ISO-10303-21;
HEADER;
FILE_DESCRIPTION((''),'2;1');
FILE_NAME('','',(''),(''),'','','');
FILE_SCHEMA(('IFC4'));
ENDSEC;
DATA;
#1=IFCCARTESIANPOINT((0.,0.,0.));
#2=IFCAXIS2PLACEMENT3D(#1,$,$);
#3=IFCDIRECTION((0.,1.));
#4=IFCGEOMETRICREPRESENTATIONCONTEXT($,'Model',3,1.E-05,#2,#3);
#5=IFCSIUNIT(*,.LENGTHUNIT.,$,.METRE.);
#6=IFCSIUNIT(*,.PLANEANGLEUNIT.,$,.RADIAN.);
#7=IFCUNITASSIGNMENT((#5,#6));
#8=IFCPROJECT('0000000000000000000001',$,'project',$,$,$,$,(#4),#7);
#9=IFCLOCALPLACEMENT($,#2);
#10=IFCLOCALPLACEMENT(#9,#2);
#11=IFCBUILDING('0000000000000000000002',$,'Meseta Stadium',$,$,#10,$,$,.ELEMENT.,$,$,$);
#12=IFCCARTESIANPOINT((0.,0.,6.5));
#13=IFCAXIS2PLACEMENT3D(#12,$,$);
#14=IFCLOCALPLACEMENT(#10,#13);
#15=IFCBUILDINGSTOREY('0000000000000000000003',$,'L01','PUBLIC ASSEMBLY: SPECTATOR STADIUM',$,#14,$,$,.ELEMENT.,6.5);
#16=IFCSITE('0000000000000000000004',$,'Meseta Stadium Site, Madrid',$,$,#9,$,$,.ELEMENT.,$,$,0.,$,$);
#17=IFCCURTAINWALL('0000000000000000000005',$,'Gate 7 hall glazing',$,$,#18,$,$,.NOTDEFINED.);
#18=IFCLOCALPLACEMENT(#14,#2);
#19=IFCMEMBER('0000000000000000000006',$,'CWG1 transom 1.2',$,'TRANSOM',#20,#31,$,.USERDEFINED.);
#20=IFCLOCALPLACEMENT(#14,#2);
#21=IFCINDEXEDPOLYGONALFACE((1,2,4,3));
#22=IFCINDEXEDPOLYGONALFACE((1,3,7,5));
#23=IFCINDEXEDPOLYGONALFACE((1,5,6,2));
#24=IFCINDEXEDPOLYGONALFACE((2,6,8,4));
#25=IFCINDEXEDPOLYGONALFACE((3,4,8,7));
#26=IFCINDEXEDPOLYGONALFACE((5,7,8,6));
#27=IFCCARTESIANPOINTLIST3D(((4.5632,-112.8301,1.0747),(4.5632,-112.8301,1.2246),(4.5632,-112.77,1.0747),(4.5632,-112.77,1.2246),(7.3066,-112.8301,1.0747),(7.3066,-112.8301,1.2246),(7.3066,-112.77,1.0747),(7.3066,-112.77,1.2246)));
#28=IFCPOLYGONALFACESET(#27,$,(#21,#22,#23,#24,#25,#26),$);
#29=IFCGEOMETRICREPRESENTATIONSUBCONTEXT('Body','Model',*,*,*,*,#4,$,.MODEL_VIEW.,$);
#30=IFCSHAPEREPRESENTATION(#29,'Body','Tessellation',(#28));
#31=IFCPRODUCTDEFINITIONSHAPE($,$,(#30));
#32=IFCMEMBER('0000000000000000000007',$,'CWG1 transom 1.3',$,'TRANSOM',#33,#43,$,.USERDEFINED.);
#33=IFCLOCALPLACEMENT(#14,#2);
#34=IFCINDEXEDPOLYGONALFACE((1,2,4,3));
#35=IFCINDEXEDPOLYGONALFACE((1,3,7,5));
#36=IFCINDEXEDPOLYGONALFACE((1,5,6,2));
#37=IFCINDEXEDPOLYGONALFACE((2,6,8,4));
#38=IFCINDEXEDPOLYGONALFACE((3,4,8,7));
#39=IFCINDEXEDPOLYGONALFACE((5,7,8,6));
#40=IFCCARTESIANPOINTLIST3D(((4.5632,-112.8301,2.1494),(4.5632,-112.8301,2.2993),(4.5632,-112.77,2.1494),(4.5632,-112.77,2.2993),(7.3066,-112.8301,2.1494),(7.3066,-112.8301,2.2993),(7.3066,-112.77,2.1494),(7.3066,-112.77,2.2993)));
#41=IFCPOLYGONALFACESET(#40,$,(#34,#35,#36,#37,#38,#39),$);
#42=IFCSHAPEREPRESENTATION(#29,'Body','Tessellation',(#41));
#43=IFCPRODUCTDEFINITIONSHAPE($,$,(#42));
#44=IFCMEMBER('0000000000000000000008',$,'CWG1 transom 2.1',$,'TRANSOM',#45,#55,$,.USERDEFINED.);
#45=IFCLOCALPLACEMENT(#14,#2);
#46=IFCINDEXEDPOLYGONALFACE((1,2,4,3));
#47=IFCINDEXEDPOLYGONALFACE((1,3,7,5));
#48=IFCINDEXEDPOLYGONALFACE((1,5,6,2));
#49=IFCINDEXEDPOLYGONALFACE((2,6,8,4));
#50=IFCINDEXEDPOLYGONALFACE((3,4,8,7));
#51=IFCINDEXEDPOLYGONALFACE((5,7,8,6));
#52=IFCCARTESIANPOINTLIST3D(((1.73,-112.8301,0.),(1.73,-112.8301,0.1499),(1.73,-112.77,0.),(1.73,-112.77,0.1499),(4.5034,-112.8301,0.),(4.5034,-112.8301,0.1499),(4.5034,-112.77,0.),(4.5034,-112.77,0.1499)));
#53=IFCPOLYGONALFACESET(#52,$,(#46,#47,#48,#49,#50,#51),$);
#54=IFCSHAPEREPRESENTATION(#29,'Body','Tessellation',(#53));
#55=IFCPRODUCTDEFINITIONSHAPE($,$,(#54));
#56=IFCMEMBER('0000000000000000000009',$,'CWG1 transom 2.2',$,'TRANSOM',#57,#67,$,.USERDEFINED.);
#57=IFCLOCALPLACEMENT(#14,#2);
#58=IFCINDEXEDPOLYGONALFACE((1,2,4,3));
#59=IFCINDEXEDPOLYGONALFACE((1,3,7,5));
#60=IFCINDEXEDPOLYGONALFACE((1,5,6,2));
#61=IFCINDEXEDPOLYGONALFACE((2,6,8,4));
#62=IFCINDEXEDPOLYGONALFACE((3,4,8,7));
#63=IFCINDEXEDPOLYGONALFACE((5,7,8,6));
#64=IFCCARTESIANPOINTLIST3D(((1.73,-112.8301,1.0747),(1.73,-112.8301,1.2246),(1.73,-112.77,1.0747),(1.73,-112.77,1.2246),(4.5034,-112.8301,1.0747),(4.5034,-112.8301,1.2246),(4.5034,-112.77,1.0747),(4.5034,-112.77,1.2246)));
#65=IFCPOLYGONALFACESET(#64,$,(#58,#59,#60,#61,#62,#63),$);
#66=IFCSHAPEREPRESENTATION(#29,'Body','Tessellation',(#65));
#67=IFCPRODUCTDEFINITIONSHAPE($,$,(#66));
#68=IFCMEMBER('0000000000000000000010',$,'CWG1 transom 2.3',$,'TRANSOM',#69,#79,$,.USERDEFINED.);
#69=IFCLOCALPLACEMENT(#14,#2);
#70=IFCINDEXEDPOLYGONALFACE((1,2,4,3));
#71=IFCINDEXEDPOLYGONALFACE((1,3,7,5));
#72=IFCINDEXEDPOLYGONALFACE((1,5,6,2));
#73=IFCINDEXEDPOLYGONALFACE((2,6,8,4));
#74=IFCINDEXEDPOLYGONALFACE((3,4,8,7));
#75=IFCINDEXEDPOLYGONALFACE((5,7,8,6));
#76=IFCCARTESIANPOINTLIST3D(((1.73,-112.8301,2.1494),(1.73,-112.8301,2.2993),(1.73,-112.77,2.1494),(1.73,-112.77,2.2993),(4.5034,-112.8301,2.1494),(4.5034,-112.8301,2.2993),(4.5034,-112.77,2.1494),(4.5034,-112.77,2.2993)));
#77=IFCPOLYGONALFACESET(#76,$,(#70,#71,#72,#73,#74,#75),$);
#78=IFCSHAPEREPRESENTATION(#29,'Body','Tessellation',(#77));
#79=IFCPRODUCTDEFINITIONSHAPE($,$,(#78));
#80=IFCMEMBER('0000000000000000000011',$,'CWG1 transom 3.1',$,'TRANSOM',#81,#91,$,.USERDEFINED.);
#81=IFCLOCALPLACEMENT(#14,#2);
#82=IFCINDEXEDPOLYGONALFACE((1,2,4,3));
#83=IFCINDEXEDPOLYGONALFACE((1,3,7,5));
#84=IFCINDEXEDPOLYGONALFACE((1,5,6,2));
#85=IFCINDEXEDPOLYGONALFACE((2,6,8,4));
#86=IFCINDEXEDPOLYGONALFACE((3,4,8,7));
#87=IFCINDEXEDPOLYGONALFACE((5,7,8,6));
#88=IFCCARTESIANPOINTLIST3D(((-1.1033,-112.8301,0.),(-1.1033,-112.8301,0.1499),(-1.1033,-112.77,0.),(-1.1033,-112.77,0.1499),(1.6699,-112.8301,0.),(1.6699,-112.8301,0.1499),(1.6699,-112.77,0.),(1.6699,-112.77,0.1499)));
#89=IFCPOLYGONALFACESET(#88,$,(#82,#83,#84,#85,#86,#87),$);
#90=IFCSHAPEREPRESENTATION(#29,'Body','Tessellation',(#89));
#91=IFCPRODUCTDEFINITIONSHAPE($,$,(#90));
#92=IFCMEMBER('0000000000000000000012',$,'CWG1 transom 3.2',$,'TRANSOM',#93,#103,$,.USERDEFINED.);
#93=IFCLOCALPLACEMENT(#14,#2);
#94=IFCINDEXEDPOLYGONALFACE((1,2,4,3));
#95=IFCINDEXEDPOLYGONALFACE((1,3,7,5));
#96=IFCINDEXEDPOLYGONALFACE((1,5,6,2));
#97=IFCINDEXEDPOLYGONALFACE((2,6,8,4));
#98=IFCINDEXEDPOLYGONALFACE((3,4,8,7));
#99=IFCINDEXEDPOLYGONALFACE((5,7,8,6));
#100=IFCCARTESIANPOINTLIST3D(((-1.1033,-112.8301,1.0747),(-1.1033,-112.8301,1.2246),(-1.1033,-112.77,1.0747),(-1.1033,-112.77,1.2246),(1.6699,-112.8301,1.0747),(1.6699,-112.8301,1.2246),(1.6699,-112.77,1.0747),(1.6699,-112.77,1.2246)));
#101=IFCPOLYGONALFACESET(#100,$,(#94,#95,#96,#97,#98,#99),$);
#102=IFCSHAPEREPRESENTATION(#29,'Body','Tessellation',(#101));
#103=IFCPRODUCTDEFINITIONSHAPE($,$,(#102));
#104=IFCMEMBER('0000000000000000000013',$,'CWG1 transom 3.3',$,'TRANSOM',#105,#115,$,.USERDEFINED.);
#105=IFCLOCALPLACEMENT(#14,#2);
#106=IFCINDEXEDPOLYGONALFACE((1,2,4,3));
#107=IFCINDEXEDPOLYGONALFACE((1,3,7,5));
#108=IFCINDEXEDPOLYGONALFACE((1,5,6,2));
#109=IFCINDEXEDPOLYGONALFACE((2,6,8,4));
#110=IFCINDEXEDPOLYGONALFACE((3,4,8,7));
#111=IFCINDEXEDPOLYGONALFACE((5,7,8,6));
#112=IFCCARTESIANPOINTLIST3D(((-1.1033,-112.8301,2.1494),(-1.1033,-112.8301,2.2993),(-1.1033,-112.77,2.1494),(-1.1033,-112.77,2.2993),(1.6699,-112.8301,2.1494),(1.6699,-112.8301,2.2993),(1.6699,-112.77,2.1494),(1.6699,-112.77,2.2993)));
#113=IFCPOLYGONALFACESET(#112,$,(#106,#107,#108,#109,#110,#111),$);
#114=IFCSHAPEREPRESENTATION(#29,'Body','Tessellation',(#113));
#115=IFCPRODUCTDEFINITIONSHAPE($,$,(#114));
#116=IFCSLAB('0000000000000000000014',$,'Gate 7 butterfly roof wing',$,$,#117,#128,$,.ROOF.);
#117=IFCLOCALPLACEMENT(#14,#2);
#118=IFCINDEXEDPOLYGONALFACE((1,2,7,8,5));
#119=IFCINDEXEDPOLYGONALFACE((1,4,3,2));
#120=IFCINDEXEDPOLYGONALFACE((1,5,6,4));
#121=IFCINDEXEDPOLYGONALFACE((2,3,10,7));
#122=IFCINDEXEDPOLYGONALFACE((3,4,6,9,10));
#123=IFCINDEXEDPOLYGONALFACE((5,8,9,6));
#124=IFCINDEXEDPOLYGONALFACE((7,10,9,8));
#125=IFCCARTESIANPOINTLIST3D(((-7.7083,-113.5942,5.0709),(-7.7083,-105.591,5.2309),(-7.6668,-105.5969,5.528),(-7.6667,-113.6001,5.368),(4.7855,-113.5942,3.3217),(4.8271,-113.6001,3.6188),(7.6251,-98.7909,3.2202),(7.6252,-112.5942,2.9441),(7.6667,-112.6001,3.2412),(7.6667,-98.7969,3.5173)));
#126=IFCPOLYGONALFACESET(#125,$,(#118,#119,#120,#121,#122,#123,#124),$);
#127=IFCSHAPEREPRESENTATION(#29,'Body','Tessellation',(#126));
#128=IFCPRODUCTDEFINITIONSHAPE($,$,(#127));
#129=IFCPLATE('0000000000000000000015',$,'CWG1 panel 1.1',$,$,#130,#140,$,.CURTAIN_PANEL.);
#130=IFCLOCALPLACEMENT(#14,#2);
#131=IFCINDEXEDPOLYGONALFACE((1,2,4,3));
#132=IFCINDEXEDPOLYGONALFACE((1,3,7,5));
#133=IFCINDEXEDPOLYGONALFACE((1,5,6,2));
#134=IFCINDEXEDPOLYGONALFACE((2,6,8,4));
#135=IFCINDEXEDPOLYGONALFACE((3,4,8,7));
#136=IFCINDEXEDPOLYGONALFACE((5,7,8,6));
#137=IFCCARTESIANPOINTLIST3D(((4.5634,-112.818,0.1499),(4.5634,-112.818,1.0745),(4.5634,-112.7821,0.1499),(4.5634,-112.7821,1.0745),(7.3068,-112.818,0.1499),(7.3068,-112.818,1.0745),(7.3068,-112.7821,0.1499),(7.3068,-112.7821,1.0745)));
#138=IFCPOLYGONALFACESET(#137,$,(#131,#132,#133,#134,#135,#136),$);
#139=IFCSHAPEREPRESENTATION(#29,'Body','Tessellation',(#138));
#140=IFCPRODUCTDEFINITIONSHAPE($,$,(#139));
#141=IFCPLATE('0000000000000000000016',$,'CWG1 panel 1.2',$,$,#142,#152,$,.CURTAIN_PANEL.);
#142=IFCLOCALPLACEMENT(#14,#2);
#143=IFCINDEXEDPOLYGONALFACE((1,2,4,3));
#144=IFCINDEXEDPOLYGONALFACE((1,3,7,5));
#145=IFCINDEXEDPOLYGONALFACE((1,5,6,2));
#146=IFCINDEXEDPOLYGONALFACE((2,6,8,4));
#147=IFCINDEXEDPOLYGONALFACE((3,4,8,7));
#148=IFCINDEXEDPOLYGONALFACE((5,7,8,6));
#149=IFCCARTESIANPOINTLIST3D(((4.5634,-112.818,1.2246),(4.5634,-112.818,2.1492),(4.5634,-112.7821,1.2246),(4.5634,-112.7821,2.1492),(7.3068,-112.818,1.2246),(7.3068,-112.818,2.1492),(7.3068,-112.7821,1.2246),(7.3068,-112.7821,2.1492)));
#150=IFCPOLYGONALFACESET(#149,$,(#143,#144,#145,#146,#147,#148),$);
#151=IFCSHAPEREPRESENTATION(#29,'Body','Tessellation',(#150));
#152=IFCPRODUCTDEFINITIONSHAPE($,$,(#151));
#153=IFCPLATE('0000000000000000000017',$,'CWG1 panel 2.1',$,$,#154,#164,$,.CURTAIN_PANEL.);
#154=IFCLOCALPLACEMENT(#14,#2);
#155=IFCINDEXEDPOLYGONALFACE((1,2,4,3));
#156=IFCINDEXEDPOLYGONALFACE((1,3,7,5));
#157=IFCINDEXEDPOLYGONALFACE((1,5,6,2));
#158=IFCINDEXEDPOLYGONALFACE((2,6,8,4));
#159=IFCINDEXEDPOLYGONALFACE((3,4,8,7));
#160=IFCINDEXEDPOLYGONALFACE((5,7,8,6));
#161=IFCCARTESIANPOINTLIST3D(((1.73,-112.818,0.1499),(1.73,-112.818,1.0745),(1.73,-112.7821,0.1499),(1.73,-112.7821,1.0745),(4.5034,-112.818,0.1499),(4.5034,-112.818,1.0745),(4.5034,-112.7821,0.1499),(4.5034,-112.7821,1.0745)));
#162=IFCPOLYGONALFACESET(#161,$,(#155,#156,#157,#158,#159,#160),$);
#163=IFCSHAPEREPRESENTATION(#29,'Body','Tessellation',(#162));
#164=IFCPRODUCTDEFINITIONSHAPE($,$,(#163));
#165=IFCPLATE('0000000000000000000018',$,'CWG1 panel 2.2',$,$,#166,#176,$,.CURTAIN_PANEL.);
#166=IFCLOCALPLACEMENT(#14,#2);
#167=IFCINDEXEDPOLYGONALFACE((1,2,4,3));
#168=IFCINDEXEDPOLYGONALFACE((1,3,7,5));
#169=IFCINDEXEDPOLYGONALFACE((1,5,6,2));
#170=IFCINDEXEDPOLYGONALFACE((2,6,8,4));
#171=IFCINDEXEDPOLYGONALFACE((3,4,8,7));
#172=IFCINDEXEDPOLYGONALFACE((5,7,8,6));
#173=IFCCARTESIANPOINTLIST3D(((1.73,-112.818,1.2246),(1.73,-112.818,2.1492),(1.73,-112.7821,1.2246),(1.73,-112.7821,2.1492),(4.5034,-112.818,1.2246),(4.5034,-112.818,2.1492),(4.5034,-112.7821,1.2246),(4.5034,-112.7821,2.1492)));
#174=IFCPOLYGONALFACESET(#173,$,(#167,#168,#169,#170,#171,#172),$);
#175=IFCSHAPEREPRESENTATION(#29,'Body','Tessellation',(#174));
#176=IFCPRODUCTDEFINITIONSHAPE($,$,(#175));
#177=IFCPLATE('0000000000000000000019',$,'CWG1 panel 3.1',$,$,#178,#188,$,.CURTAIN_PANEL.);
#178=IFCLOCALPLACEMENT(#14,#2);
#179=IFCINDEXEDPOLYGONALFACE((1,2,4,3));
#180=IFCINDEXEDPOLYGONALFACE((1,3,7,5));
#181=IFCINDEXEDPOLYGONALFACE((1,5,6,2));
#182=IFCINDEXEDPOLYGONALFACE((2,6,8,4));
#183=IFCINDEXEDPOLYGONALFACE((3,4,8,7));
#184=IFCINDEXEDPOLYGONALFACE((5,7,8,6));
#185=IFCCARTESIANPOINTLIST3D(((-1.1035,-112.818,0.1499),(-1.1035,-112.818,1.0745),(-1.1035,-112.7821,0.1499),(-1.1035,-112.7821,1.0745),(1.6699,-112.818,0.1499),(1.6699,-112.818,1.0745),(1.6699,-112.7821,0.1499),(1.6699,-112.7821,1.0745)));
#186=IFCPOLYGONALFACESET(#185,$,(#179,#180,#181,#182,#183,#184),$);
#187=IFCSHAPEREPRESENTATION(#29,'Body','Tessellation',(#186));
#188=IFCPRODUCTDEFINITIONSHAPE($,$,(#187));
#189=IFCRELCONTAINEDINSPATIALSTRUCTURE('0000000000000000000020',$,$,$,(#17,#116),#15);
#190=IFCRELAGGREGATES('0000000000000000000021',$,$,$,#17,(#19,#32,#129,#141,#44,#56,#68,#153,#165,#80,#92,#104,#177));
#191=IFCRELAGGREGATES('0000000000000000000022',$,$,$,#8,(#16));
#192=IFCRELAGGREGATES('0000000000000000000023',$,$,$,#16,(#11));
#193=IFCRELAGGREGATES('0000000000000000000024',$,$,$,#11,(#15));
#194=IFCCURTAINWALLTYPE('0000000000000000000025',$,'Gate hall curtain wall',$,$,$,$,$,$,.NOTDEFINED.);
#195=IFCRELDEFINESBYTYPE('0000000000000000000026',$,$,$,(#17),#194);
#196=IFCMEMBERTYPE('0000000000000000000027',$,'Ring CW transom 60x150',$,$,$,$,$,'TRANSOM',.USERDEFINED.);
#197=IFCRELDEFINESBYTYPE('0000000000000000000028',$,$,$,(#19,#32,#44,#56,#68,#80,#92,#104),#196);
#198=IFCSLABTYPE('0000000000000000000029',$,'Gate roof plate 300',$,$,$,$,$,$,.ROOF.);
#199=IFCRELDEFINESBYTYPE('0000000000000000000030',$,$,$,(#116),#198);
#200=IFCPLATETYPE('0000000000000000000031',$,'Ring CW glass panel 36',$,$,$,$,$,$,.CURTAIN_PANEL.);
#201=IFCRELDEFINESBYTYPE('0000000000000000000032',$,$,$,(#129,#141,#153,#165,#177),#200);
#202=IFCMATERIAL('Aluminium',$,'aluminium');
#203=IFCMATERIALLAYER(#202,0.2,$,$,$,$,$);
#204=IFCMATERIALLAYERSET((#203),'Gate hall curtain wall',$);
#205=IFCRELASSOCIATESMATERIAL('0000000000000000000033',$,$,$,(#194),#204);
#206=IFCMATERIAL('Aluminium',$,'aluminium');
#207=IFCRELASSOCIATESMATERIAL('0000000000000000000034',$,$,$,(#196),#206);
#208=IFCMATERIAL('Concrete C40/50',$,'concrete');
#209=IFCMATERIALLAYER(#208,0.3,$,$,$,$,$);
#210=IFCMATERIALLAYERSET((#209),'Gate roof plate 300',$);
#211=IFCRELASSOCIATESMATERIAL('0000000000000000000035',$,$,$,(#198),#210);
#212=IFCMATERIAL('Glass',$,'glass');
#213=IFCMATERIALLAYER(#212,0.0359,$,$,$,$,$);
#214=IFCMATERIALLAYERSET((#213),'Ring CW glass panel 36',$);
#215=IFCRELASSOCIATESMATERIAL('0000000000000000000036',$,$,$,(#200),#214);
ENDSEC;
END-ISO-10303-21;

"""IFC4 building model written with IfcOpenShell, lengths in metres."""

from ifc_helpers import new_model, si_unit, direction, frame, origin, origin_2d, place, context, subcontext, project, spatial, polyline, rectangle, outline, extrude, material, layer, layer_set, material_profile, profile_set, type_object, element, aggregate, save


model = new_model("IFC4")

# Units and contexts
model_context = context("Model", 3, precision=1e-05, world=origin(), true_north=direction((0.0, 1.0)))
body_context = subcontext(model_context, "Body", "Model", "MODEL_VIEW")
ifc_project = project(units=[si_unit("LENGTHUNIT", "METRE"), si_unit("PLANEANGLEUNIT", "RADIAN")], contexts=[model_context])

# Site, building, storey
site_placement = place(None, origin())
site = spatial("IfcSite", under=ifc_project, at=site_placement, Name="Meseta Stadium Site, Madrid", CompositionType="ELEMENT", RefElevation=0.0)
building_placement = place(site_placement, origin())
building = spatial("IfcBuilding", under=site, at=building_placement, Name="Meseta Stadium", CompositionType="ELEMENT")
storey_placement = place(building_placement, frame((0.0, 0.0, 6.5)))
storey = spatial("IfcBuildingStorey", under=building, at=storey_placement, Name="L01", Description="PUBLIC ASSEMBLY: SPECTATOR STADIUM", CompositionType="ELEMENT", Elevation=6.5)

# Curtain wall, members
ifc_material_1 = material(Name="Aluminium", Category="aluminium")
ifc_layer_1 = layer(ifc_material_1, 0.2)
ifc_layer_set_1 = layer_set([ifc_layer_1], Name="Gate hall curtain wall")
curtain_wall_type = type_object("IfcCurtainWallType", Name="Gate hall curtain wall", PredefinedType="NOTDEFINED", material=ifc_layer_set_1)
curtain_wall_placement = place(storey_placement, origin())
curtain_wall = element("IfcCurtainWall", 1, at=curtain_wall_placement, inside=storey, type_object=curtain_wall_type, Name="Gate 7 hall glazing", PredefinedType="NOTDEFINED")
ifc_material_2 = material(Name="Aluminium", Category="aluminium")
ifc_material_profile_1 = material_profile(ifc_material_2, rectangle(XDim=0.0601, YDim=0.1499, at=origin_2d()), Name="CW 60x150")
ifc_profile_set_1 = profile_set([ifc_material_profile_1], Name="Aluminium")
member_type_1 = type_object("IfcMemberType", Name="Ring CW transom 60x150", ElementType="TRANSOM", PredefinedType="USERDEFINED", material=ifc_profile_set_1)
member_1_placement = place(storey_placement, frame((7.3066, -112.8, 1.1497), z_axis=(-1.0, 0.0, 0.0), x_axis=(0.0, -1.0, 0.0)))
member_1 = element("IfcMember", 2, at=member_1_placement, type_object=member_type_1, Name="CWG1 transom 1.2", ObjectType="TRANSOM", PredefinedType="USERDEFINED", context=body_context, shape_type="SweptSolid", body=[
    extrude(rectangle(XDim=0.0601, YDim=0.1499, at=origin_2d()), origin(), (0.0, 0.0, 1.0), 2.7434),
])
member_2_placement = place(storey_placement, frame((7.3066, -112.8, 2.2244), z_axis=(-1.0, 0.0, 0.0), x_axis=(0.0, -1.0, 0.0)))
member_2 = element("IfcMember", 3, at=member_2_placement, type_object=member_type_1, Name="CWG1 transom 1.3", ObjectType="TRANSOM", PredefinedType="USERDEFINED", context=body_context, shape_type="SweptSolid", body=[
    extrude(rectangle(XDim=0.0601, YDim=0.1499, at=origin_2d()), origin(), (0.0, 0.0, 1.0), 2.7434),
])
member_3_placement = place(storey_placement, frame((4.5034, -112.8, 0.075), z_axis=(-1.0, 0.0, 0.0), x_axis=(0.0, -1.0, 0.0)))
member_3 = element("IfcMember", 4, at=member_3_placement, type_object=member_type_1, Name="CWG1 transom 2.1", ObjectType="TRANSOM", PredefinedType="USERDEFINED", context=body_context, shape_type="SweptSolid", body=[
    extrude(rectangle(XDim=0.0601, YDim=0.1499, at=origin_2d()), origin(), (0.0, 0.0, 1.0), 2.7734),
])
member_4_placement = place(storey_placement, frame((4.5034, -112.8, 1.1497), z_axis=(-1.0, 0.0, 0.0), x_axis=(0.0, -1.0, 0.0)))
member_4 = element("IfcMember", 5, at=member_4_placement, type_object=member_type_1, Name="CWG1 transom 2.2", ObjectType="TRANSOM", PredefinedType="USERDEFINED", context=body_context, shape_type="SweptSolid", body=[
    extrude(rectangle(XDim=0.0601, YDim=0.1499, at=origin_2d()), origin(), (0.0, 0.0, 1.0), 2.7734),
])
member_5_placement = place(storey_placement, frame((4.5034, -112.8, 2.2244), z_axis=(-1.0, 0.0, 0.0), x_axis=(0.0, -1.0, 0.0)))
member_5 = element("IfcMember", 6, at=member_5_placement, type_object=member_type_1, Name="CWG1 transom 2.3", ObjectType="TRANSOM", PredefinedType="USERDEFINED", context=body_context, shape_type="SweptSolid", body=[
    extrude(rectangle(XDim=0.0601, YDim=0.1499, at=origin_2d()), origin(), (0.0, 0.0, 1.0), 2.7734),
])
member_6_placement = place(storey_placement, frame((1.6699, -112.8, 0.075), z_axis=(-1.0, 0.0, 0.0), x_axis=(0.0, -1.0, 0.0)))
member_6 = element("IfcMember", 7, at=member_6_placement, type_object=member_type_1, Name="CWG1 transom 3.1", ObjectType="TRANSOM", PredefinedType="USERDEFINED", context=body_context, shape_type="SweptSolid", body=[
    extrude(rectangle(XDim=0.0601, YDim=0.1499, at=origin_2d()), origin(), (0.0, 0.0, 1.0), 2.7732),
])
member_7_placement = place(storey_placement, frame((1.6699, -112.8, 1.1497), z_axis=(-1.0, 0.0, 0.0), x_axis=(0.0, -1.0, 0.0)))
member_7 = element("IfcMember", 8, at=member_7_placement, type_object=member_type_1, Name="CWG1 transom 3.2", ObjectType="TRANSOM", PredefinedType="USERDEFINED", context=body_context, shape_type="SweptSolid", body=[
    extrude(rectangle(XDim=0.0601, YDim=0.1499, at=origin_2d()), origin(), (0.0, 0.0, 1.0), 2.7732),
])
member_8_placement = place(storey_placement, frame((1.6699, -112.8, 2.2244), z_axis=(-1.0, 0.0, 0.0), x_axis=(0.0, -1.0, 0.0)))
member_8 = element("IfcMember", 9, at=member_8_placement, type_object=member_type_1, Name="CWG1 transom 3.3", ObjectType="TRANSOM", PredefinedType="USERDEFINED", context=body_context, shape_type="SweptSolid", body=[
    extrude(rectangle(XDim=0.0601, YDim=0.1499, at=origin_2d()), origin(), (0.0, 0.0, 1.0), 2.7732),
])

# Slab
ifc_material_3 = material(Name="Concrete C40/50", Category="concrete")
ifc_layer_2 = layer(ifc_material_3, 0.3)
ifc_layer_set_2 = layer_set([ifc_layer_2], Name="Gate roof plate 300")
slab_type = type_object("IfcSlabType", Name="Gate roof plate 300", PredefinedType="ROOF", material=ifc_layer_set_2)
slab_placement = place(storey_placement, frame((7.6667, -112.6001, 3.2412), z_axis=(0.138624, -0.019804, 0.990147), x_axis=(-0.000001, 0.9998, 0.019997)))
element("IfcSlab", 10, at=slab_placement, inside=storey, type_object=slab_type, Name="Gate 7 butterfly roof wing", PredefinedType="ROOF", context=body_context, shape_type="SweptSolid", body=[
    extrude(outline(polyline([(0.0, 0.0), (13.806, 0.0), (7.0475, 15.483), (-0.9573, 15.483), (-0.9922, 2.8673), (0.0, 0.0)])), origin(), (0.0, 0.0, -1.0), 0.3),
])

# Plates
ifc_material_4 = material(Name="Glass", Category="glass")
ifc_layer_3 = layer(ifc_material_4, 0.0359)
ifc_layer_set_3 = layer_set([ifc_layer_3], Name="Ring CW glass panel 36")
plate_type = type_object("IfcPlateType", Name="Ring CW glass panel 36", PredefinedType="CURTAIN_PANEL", material=ifc_layer_set_3)
plate_1_placement = place(storey_placement, frame((5.9351, -112.8, 0.1499), z_axis=(0.0, 0.0, 1.0), x_axis=(-1.0, 0.0, 0.0)))
plate_1 = element("IfcPlate", 11, at=plate_1_placement, type_object=plate_type, Name="CWG1 panel 1.1", PredefinedType="CURTAIN_PANEL", context=body_context, shape_type="SweptSolid", body=[
    extrude(rectangle(XDim=2.7434, YDim=0.0359, at=origin_2d()), origin(), (0.0, 0.0, 1.0), 0.9246),
])
plate_2_placement = place(storey_placement, frame((5.9351, -112.8, 1.2246), z_axis=(0.0, 0.0, 1.0), x_axis=(-1.0, 0.0, 0.0)))
plate_2 = element("IfcPlate", 12, at=plate_2_placement, type_object=plate_type, Name="CWG1 panel 1.2", PredefinedType="CURTAIN_PANEL", context=body_context, shape_type="SweptSolid", body=[
    extrude(rectangle(XDim=2.7434, YDim=0.0359, at=origin_2d()), origin(), (0.0, 0.0, 1.0), 0.9246),
])
plate_3_placement = place(storey_placement, frame((3.1167, -112.8, 0.1499), z_axis=(0.0, 0.0, 1.0), x_axis=(-1.0, 0.0, 0.0)))
plate_3 = element("IfcPlate", 13, at=plate_3_placement, type_object=plate_type, Name="CWG1 panel 2.1", PredefinedType="CURTAIN_PANEL", context=body_context, shape_type="SweptSolid", body=[
    extrude(rectangle(XDim=2.7734, YDim=0.0359, at=origin_2d()), origin(), (0.0, 0.0, 1.0), 0.9246),
])
plate_4_placement = place(storey_placement, frame((3.1167, -112.8, 1.2246), z_axis=(0.0, 0.0, 1.0), x_axis=(-1.0, 0.0, 0.0)))
plate_4 = element("IfcPlate", 14, at=plate_4_placement, type_object=plate_type, Name="CWG1 panel 2.2", PredefinedType="CURTAIN_PANEL", context=body_context, shape_type="SweptSolid", body=[
    extrude(rectangle(XDim=2.7734, YDim=0.0359, at=origin_2d()), origin(), (0.0, 0.0, 1.0), 0.9246),
])
plate_5_placement = place(storey_placement, frame((0.2832, -112.8, 0.1499), z_axis=(0.0, 0.0, 1.0), x_axis=(-1.0, 0.0, 0.0)))
plate_5 = element("IfcPlate", 15, at=plate_5_placement, type_object=plate_type, Name="CWG1 panel 3.1", PredefinedType="CURTAIN_PANEL", context=body_context, shape_type="SweptSolid", body=[
    extrude(rectangle(XDim=2.7734, YDim=0.0359, at=origin_2d()), origin(), (0.0, 0.0, 1.0), 0.9246),
])
aggregate(curtain_wall, [member_1, member_2, plate_1, plate_2, member_3, member_4, member_5, plate_3, plate_4, member_6, member_7, member_8, plate_5])

save(model, "model.ifc")
